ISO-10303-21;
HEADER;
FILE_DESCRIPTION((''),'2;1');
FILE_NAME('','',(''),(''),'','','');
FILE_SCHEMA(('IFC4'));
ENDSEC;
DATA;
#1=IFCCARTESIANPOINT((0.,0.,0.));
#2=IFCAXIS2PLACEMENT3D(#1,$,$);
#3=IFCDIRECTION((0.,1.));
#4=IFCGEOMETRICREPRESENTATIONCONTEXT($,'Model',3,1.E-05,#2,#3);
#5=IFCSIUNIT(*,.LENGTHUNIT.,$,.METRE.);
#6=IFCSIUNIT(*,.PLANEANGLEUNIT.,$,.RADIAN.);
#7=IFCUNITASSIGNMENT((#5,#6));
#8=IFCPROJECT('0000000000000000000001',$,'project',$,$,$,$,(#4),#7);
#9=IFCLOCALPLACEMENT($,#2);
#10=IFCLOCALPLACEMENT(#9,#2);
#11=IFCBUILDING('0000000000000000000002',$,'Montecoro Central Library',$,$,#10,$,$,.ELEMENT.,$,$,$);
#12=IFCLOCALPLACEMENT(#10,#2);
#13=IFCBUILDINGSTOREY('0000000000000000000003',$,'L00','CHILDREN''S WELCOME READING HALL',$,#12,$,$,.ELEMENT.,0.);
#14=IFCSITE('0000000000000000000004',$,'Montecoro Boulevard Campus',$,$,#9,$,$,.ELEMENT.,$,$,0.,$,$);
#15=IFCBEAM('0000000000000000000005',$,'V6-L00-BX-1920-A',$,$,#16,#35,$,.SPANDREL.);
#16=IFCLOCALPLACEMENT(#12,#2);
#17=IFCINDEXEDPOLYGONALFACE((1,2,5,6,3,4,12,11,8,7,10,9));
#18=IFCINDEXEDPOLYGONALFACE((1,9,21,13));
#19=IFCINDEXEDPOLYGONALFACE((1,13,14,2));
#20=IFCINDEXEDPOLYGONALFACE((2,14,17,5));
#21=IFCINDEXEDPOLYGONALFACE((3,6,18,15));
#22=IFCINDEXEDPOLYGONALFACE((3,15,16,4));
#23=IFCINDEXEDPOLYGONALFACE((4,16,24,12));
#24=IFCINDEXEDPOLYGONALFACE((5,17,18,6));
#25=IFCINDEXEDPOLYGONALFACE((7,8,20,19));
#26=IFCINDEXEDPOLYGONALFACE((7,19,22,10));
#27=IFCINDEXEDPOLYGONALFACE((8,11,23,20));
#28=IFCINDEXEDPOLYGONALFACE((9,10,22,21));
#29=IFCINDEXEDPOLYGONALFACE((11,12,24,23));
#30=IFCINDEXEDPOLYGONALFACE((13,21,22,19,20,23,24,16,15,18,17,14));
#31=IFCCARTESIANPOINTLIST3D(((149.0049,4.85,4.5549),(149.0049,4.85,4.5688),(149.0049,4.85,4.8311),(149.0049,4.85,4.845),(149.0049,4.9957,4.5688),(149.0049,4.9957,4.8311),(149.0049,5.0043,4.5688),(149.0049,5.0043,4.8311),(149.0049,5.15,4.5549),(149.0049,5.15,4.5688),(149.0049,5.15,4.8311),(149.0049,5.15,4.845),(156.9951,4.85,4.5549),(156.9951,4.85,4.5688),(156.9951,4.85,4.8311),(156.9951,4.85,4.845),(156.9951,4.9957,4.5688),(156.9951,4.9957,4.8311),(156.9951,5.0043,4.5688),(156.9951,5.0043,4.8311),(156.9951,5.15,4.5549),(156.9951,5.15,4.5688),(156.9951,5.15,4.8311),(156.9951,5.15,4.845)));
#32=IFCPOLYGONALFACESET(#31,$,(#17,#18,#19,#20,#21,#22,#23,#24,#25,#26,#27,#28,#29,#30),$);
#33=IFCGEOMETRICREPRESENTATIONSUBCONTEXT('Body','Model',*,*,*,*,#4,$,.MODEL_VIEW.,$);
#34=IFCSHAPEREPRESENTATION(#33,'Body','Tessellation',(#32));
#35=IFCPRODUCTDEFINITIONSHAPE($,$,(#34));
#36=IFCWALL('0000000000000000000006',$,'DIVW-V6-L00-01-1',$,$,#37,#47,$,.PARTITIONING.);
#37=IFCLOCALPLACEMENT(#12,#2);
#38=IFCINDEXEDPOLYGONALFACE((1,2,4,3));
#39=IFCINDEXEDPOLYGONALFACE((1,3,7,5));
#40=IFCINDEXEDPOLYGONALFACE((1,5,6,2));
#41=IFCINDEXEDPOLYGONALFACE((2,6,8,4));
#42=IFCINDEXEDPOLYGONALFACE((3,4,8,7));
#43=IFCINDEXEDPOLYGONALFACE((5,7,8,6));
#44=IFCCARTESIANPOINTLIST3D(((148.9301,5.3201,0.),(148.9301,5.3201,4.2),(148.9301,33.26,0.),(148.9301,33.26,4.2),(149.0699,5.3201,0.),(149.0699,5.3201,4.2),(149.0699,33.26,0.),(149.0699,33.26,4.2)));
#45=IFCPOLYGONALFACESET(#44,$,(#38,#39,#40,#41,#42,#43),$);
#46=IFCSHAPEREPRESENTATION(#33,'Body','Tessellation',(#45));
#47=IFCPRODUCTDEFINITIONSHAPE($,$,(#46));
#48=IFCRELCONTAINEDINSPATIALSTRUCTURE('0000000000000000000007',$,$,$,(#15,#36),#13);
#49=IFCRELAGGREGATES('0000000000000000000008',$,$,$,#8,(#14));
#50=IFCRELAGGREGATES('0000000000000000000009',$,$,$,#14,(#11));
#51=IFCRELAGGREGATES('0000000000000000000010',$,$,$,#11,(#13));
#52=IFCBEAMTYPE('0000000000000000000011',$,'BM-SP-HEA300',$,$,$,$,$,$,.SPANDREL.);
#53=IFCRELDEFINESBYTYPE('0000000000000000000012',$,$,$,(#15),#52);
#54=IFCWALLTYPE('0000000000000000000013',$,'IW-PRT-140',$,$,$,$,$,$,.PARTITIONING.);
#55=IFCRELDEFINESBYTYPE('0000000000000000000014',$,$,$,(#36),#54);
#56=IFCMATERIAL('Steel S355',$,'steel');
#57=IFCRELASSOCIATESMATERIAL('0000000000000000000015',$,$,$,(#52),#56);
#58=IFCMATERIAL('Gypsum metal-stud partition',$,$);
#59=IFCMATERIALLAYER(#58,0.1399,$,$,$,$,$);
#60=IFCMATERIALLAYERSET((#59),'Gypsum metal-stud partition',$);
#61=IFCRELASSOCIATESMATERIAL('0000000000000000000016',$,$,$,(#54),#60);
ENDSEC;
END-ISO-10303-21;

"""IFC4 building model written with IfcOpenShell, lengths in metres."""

from ifc_helpers import new_model, si_unit, direction, frame, frame_2d, origin, origin_2d, place, context, subcontext, project, spatial, rectangle, i_section, extrude, material, layer, layer_set, material_profile, profile_set, type_object, element, save


model = new_model("IFC4")

# Units and contexts
model_context = context("Model", 3, precision=1e-05, world=origin(), true_north=direction((0.0, 1.0)))
body_context = subcontext(model_context, "Body", "Model", "MODEL_VIEW")
ifc_project = project(units=[si_unit("LENGTHUNIT", "METRE"), si_unit("PLANEANGLEUNIT", "RADIAN")], contexts=[model_context])

# Site, building, storey
site_placement = place(None, origin())
site = spatial("IfcSite", under=ifc_project, at=site_placement, Name="Montecoro Boulevard Campus", CompositionType="ELEMENT", RefElevation=0.0)
building_placement = place(site_placement, origin())
building = spatial("IfcBuilding", under=site, at=building_placement, Name="Montecoro Central Library", CompositionType="ELEMENT")
storey_placement = place(building_placement, origin())
storey = spatial("IfcBuildingStorey", under=building, at=storey_placement, Name="L00", Description="CHILDREN'S WELCOME READING HALL", CompositionType="ELEMENT", Elevation=0.0)

# Shared definitions
ifc_material_1 = material(Name="Steel S355", Category="steel")

# Beam
ifc_material_profile_1 = material_profile(ifc_material_1, i_section(OverallWidth=0.3, OverallDepth=0.29, WebThickness=0.0085, FlangeThickness=0.0139, at=origin_2d()), Name="HEA 300")
ifc_profile_set_1 = profile_set([ifc_material_profile_1], Name="Steel S355")
beam_type_1 = type_object("IfcBeamType", Name="BM-SP-HEA300", PredefinedType="SPANDREL", material=ifc_profile_set_1)
beam_1_placement = place(storey_placement, frame((149.0049, 5.0, 4.7), z_axis=(1.0, 0.0, 0.0), x_axis=(0.0, 1.0, 0.0)))
element("IfcBeam", 1, at=beam_1_placement, inside=storey, type_object=beam_type_1, Name="V6-L00-BX-1920-A", PredefinedType="SPANDREL", context=body_context, shape_type="SweptSolid", body=[
    extrude(i_section(OverallWidth=0.3, OverallDepth=0.29, WebThickness=0.0085, FlangeThickness=0.0139, at=origin_2d()), origin(), (0.0, 0.0, 1.0), 7.9902),
])

# Wall
ifc_material_2 = material(Name="Gypsum metal-stud partition")
ifc_layer_1 = layer(ifc_material_2, 0.1399)
ifc_layer_set_1 = layer_set([ifc_layer_1], Name="Gypsum metal-stud partition")
wall_type_1 = type_object("IfcWallType", Name="IW-PRT-140", PredefinedType="PARTITIONING", material=ifc_layer_set_1)
wall_1_placement = place(storey_placement, frame((149.0, 5.3201, 0.0), z_axis=(0.0, 0.0, 1.0), x_axis=(0.0, 1.0, 0.0)))
element("IfcWall", 2, at=wall_1_placement, inside=storey, type_object=wall_type_1, Name="DIVW-V6-L00-01-1", PredefinedType="PARTITIONING", context=body_context, shape_type="SweptSolid", body=[
    extrude(rectangle(XDim=27.9399, YDim=0.1399, at=frame_2d((13.97, 0.0))), origin(), (0.0, 0.0, 1.0), 4.2),
])

save(model, "model.ifc")
